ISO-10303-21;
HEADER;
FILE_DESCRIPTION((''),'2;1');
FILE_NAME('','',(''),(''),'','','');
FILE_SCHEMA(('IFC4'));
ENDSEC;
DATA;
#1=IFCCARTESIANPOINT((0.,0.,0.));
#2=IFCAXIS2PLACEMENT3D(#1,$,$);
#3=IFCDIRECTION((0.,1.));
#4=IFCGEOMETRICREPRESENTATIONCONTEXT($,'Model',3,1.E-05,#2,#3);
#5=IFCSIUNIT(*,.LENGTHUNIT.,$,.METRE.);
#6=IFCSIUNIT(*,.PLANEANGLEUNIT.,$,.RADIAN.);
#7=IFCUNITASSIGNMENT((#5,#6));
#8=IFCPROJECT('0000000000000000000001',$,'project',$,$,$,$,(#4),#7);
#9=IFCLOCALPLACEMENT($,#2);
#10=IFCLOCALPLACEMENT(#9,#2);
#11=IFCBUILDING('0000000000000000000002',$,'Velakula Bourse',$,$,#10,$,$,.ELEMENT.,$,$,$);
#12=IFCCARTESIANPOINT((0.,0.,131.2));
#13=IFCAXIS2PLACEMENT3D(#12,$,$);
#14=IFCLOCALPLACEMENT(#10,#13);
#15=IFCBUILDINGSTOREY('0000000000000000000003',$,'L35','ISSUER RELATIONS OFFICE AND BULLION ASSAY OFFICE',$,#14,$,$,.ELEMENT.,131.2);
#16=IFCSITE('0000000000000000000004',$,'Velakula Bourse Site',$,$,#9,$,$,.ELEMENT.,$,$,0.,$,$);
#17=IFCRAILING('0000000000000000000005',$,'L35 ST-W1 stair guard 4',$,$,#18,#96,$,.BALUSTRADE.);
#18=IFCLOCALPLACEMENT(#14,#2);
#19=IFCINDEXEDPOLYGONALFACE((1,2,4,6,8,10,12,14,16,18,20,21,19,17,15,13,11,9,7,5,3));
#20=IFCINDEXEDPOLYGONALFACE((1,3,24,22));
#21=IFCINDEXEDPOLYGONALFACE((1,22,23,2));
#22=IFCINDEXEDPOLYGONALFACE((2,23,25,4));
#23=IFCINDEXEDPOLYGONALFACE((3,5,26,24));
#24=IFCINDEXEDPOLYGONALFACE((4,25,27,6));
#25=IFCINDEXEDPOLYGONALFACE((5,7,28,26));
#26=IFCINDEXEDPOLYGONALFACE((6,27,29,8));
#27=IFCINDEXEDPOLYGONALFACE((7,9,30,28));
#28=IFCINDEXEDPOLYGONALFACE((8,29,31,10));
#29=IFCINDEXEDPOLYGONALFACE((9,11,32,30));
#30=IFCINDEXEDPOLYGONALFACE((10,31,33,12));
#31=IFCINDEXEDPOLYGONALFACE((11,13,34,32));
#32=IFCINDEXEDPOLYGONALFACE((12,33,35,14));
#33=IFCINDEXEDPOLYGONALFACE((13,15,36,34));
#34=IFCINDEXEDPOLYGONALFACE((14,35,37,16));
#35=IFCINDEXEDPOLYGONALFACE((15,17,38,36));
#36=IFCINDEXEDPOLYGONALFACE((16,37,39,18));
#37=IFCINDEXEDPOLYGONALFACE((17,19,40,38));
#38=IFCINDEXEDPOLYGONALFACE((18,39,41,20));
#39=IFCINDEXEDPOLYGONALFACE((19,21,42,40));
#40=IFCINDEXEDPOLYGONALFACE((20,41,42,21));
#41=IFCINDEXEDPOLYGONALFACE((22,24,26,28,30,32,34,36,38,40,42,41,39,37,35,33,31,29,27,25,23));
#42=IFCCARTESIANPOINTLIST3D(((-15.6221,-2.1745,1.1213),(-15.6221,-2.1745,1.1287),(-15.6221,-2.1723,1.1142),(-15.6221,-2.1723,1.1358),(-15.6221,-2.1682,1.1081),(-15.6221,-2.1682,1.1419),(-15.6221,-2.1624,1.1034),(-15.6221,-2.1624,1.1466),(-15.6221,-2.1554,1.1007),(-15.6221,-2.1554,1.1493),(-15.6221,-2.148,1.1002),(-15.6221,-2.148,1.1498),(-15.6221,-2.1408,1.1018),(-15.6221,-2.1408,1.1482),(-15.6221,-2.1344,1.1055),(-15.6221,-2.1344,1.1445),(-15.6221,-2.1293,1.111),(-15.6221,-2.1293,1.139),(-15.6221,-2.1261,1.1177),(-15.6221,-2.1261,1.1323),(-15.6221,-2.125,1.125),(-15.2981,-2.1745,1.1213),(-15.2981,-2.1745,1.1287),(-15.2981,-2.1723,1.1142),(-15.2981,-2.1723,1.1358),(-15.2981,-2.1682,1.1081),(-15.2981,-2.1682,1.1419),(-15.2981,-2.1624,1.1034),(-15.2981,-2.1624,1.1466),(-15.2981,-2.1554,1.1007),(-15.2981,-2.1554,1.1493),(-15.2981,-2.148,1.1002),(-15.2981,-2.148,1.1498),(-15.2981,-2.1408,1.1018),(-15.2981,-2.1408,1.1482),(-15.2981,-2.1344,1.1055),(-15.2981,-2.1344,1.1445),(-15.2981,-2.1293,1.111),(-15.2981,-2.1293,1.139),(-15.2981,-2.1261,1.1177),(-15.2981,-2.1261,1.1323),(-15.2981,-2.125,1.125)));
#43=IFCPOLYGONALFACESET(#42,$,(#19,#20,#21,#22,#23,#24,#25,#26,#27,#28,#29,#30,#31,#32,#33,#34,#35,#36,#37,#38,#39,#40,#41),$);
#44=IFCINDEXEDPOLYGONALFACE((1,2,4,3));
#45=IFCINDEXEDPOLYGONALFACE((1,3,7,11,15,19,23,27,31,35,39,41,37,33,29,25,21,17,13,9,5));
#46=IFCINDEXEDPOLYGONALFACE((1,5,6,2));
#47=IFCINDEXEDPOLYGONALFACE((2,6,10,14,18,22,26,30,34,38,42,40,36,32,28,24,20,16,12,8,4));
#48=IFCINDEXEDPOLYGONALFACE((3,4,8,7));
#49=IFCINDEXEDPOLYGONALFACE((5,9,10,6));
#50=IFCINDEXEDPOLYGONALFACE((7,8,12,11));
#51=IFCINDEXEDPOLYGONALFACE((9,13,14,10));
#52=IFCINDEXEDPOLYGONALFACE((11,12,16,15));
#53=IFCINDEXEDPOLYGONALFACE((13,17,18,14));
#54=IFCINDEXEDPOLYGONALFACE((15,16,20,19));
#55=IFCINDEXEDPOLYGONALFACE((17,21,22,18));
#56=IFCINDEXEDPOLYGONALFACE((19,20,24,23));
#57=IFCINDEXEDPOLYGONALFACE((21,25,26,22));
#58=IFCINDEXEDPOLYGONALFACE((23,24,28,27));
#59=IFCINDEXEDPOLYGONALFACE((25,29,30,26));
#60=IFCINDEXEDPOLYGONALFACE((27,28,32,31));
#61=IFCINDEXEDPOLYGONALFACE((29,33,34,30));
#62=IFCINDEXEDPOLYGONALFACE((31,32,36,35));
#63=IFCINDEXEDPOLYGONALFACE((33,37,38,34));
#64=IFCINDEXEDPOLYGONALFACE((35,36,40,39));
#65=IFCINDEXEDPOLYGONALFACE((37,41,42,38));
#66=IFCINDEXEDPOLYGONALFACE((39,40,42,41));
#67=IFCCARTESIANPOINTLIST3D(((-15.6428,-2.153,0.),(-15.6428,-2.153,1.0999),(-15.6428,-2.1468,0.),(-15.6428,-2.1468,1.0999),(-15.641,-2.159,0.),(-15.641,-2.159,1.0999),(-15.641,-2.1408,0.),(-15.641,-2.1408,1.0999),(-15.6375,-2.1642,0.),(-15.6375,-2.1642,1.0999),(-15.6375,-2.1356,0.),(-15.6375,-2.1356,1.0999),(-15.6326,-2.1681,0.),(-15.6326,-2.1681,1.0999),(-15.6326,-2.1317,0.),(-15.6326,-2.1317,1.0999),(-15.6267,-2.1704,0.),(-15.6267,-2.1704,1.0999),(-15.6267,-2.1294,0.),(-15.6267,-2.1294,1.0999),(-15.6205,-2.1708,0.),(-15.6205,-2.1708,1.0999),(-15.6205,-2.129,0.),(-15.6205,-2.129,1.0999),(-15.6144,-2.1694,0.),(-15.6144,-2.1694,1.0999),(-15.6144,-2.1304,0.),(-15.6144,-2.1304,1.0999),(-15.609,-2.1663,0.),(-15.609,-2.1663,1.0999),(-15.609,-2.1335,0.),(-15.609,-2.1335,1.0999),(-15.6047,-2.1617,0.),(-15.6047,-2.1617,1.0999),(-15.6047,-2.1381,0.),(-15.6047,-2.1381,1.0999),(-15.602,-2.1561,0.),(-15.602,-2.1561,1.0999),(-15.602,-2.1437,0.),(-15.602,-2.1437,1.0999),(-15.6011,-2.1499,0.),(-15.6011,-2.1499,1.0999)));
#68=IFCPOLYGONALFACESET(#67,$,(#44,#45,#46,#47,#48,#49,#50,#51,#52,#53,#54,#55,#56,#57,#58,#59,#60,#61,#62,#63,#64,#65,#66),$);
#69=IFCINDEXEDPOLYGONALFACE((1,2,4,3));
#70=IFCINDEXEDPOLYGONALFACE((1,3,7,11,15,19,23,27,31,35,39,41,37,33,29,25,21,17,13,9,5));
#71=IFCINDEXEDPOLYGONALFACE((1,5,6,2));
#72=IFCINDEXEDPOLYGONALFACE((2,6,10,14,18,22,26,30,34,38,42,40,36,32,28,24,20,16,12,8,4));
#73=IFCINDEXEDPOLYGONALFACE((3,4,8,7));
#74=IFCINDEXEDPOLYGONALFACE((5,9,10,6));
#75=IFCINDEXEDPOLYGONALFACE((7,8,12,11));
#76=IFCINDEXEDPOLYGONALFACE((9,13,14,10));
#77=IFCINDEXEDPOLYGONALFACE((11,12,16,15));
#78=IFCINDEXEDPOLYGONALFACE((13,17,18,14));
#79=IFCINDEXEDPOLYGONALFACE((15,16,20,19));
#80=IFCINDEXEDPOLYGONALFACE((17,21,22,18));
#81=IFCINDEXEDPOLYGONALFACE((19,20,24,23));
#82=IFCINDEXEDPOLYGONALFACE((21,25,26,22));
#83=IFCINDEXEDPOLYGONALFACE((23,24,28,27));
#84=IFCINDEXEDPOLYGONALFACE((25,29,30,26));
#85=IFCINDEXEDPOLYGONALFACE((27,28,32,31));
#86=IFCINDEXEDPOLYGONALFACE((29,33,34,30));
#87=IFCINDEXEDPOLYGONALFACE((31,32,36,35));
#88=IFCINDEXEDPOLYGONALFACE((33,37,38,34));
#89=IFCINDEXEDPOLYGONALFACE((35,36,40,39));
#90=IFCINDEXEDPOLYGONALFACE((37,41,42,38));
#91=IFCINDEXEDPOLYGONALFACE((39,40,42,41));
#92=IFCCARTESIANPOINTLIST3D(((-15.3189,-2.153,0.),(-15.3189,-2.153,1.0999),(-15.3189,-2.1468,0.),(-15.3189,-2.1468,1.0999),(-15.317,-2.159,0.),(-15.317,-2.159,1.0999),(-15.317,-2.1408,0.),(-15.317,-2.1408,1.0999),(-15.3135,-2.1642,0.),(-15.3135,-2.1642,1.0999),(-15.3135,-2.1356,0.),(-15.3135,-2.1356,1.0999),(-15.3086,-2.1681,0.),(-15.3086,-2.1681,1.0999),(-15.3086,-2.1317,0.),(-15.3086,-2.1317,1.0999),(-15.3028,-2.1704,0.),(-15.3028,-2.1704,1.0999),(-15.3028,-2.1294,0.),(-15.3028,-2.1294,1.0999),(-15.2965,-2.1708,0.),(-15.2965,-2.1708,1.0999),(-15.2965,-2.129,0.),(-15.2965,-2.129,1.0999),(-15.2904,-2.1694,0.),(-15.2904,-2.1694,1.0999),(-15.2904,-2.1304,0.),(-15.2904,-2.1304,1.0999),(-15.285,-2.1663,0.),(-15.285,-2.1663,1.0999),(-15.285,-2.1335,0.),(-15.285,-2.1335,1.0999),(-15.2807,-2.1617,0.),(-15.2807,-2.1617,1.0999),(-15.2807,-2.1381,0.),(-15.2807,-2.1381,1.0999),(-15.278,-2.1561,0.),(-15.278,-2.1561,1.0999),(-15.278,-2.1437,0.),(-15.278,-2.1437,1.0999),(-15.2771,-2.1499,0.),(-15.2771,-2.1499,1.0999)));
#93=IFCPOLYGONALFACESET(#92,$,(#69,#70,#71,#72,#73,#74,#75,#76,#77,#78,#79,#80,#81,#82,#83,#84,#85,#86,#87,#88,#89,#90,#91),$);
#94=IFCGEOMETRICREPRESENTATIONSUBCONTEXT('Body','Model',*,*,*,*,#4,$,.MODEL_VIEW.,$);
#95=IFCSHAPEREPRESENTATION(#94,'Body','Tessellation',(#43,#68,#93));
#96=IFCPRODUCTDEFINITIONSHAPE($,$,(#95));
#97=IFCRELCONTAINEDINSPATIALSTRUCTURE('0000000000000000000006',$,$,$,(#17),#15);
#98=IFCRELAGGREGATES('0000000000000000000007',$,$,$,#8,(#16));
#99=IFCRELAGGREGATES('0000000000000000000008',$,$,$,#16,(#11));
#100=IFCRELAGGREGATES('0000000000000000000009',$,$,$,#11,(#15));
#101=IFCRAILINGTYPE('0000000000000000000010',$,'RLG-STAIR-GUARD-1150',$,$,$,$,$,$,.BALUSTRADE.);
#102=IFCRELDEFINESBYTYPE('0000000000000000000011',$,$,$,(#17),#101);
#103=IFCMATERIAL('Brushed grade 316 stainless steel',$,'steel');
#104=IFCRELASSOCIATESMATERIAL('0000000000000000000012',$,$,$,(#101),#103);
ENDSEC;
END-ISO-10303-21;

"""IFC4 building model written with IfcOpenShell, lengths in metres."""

from ifc_helpers import new_model, si_unit, direction, frame, origin, origin_2d, place, context, subcontext, project, spatial, circle, extrude, material, type_object, element, save


model = new_model("IFC4")

# Units and contexts
model_context = context("Model", 3, precision=1e-05, world=origin(), true_north=direction((0.0, 1.0)))
body_context = subcontext(model_context, "Body", "Model", "MODEL_VIEW")
ifc_project = project(units=[si_unit("LENGTHUNIT", "METRE"), si_unit("PLANEANGLEUNIT", "RADIAN")], contexts=[model_context])

# Site, building, storey
site_placement = place(None, origin())
site = spatial("IfcSite", under=ifc_project, at=site_placement, Name="Velakula Bourse Site", CompositionType="ELEMENT", RefElevation=0.0)
building_placement = place(site_placement, origin())
building = spatial("IfcBuilding", under=site, at=building_placement, Name="Velakula Bourse", CompositionType="ELEMENT")
storey_placement = place(building_placement, frame((0.0, 0.0, 131.2)))
storey = spatial("IfcBuildingStorey", under=building, at=storey_placement, Name="L35", Description="ISSUER RELATIONS OFFICE AND BULLION ASSAY OFFICE", CompositionType="ELEMENT", Elevation=131.2)

# Shared definitions
ifc_material_1 = material(Name="Brushed grade 316 stainless steel", Category="steel")

# Railing
railing_type_1 = type_object("IfcRailingType", Name="RLG-STAIR-GUARD-1150", PredefinedType="BALUSTRADE", material=ifc_material_1)
railing_1_placement = place(storey_placement, frame((-15.6221, -2.1499, 0.0)))
element("IfcRailing", 1, at=railing_1_placement, inside=storey, type_object=railing_type_1, Name="L35 ST-W1 stair guard 4", PredefinedType="BALUSTRADE", context=body_context, shape_type="SweptSolid", body=[
    extrude(circle(Radius=0.0249, at=origin_2d()), frame((0.0, 0.0, 1.125), z_axis=(1.0, 0.0, 0.0), x_axis=(0.0, 1.0, 0.0)), (0.0, 0.0, 1.0), 0.324),
    extrude(circle(Radius=0.021, at=origin_2d()), origin(), (0.0, 0.0, 1.0), 1.0999),
    extrude(circle(Radius=0.021, at=origin_2d()), frame((0.324, 0.0, 0.0)), (0.0, 0.0, 1.0), 1.0999),
])

save(model, "model.ifc")
